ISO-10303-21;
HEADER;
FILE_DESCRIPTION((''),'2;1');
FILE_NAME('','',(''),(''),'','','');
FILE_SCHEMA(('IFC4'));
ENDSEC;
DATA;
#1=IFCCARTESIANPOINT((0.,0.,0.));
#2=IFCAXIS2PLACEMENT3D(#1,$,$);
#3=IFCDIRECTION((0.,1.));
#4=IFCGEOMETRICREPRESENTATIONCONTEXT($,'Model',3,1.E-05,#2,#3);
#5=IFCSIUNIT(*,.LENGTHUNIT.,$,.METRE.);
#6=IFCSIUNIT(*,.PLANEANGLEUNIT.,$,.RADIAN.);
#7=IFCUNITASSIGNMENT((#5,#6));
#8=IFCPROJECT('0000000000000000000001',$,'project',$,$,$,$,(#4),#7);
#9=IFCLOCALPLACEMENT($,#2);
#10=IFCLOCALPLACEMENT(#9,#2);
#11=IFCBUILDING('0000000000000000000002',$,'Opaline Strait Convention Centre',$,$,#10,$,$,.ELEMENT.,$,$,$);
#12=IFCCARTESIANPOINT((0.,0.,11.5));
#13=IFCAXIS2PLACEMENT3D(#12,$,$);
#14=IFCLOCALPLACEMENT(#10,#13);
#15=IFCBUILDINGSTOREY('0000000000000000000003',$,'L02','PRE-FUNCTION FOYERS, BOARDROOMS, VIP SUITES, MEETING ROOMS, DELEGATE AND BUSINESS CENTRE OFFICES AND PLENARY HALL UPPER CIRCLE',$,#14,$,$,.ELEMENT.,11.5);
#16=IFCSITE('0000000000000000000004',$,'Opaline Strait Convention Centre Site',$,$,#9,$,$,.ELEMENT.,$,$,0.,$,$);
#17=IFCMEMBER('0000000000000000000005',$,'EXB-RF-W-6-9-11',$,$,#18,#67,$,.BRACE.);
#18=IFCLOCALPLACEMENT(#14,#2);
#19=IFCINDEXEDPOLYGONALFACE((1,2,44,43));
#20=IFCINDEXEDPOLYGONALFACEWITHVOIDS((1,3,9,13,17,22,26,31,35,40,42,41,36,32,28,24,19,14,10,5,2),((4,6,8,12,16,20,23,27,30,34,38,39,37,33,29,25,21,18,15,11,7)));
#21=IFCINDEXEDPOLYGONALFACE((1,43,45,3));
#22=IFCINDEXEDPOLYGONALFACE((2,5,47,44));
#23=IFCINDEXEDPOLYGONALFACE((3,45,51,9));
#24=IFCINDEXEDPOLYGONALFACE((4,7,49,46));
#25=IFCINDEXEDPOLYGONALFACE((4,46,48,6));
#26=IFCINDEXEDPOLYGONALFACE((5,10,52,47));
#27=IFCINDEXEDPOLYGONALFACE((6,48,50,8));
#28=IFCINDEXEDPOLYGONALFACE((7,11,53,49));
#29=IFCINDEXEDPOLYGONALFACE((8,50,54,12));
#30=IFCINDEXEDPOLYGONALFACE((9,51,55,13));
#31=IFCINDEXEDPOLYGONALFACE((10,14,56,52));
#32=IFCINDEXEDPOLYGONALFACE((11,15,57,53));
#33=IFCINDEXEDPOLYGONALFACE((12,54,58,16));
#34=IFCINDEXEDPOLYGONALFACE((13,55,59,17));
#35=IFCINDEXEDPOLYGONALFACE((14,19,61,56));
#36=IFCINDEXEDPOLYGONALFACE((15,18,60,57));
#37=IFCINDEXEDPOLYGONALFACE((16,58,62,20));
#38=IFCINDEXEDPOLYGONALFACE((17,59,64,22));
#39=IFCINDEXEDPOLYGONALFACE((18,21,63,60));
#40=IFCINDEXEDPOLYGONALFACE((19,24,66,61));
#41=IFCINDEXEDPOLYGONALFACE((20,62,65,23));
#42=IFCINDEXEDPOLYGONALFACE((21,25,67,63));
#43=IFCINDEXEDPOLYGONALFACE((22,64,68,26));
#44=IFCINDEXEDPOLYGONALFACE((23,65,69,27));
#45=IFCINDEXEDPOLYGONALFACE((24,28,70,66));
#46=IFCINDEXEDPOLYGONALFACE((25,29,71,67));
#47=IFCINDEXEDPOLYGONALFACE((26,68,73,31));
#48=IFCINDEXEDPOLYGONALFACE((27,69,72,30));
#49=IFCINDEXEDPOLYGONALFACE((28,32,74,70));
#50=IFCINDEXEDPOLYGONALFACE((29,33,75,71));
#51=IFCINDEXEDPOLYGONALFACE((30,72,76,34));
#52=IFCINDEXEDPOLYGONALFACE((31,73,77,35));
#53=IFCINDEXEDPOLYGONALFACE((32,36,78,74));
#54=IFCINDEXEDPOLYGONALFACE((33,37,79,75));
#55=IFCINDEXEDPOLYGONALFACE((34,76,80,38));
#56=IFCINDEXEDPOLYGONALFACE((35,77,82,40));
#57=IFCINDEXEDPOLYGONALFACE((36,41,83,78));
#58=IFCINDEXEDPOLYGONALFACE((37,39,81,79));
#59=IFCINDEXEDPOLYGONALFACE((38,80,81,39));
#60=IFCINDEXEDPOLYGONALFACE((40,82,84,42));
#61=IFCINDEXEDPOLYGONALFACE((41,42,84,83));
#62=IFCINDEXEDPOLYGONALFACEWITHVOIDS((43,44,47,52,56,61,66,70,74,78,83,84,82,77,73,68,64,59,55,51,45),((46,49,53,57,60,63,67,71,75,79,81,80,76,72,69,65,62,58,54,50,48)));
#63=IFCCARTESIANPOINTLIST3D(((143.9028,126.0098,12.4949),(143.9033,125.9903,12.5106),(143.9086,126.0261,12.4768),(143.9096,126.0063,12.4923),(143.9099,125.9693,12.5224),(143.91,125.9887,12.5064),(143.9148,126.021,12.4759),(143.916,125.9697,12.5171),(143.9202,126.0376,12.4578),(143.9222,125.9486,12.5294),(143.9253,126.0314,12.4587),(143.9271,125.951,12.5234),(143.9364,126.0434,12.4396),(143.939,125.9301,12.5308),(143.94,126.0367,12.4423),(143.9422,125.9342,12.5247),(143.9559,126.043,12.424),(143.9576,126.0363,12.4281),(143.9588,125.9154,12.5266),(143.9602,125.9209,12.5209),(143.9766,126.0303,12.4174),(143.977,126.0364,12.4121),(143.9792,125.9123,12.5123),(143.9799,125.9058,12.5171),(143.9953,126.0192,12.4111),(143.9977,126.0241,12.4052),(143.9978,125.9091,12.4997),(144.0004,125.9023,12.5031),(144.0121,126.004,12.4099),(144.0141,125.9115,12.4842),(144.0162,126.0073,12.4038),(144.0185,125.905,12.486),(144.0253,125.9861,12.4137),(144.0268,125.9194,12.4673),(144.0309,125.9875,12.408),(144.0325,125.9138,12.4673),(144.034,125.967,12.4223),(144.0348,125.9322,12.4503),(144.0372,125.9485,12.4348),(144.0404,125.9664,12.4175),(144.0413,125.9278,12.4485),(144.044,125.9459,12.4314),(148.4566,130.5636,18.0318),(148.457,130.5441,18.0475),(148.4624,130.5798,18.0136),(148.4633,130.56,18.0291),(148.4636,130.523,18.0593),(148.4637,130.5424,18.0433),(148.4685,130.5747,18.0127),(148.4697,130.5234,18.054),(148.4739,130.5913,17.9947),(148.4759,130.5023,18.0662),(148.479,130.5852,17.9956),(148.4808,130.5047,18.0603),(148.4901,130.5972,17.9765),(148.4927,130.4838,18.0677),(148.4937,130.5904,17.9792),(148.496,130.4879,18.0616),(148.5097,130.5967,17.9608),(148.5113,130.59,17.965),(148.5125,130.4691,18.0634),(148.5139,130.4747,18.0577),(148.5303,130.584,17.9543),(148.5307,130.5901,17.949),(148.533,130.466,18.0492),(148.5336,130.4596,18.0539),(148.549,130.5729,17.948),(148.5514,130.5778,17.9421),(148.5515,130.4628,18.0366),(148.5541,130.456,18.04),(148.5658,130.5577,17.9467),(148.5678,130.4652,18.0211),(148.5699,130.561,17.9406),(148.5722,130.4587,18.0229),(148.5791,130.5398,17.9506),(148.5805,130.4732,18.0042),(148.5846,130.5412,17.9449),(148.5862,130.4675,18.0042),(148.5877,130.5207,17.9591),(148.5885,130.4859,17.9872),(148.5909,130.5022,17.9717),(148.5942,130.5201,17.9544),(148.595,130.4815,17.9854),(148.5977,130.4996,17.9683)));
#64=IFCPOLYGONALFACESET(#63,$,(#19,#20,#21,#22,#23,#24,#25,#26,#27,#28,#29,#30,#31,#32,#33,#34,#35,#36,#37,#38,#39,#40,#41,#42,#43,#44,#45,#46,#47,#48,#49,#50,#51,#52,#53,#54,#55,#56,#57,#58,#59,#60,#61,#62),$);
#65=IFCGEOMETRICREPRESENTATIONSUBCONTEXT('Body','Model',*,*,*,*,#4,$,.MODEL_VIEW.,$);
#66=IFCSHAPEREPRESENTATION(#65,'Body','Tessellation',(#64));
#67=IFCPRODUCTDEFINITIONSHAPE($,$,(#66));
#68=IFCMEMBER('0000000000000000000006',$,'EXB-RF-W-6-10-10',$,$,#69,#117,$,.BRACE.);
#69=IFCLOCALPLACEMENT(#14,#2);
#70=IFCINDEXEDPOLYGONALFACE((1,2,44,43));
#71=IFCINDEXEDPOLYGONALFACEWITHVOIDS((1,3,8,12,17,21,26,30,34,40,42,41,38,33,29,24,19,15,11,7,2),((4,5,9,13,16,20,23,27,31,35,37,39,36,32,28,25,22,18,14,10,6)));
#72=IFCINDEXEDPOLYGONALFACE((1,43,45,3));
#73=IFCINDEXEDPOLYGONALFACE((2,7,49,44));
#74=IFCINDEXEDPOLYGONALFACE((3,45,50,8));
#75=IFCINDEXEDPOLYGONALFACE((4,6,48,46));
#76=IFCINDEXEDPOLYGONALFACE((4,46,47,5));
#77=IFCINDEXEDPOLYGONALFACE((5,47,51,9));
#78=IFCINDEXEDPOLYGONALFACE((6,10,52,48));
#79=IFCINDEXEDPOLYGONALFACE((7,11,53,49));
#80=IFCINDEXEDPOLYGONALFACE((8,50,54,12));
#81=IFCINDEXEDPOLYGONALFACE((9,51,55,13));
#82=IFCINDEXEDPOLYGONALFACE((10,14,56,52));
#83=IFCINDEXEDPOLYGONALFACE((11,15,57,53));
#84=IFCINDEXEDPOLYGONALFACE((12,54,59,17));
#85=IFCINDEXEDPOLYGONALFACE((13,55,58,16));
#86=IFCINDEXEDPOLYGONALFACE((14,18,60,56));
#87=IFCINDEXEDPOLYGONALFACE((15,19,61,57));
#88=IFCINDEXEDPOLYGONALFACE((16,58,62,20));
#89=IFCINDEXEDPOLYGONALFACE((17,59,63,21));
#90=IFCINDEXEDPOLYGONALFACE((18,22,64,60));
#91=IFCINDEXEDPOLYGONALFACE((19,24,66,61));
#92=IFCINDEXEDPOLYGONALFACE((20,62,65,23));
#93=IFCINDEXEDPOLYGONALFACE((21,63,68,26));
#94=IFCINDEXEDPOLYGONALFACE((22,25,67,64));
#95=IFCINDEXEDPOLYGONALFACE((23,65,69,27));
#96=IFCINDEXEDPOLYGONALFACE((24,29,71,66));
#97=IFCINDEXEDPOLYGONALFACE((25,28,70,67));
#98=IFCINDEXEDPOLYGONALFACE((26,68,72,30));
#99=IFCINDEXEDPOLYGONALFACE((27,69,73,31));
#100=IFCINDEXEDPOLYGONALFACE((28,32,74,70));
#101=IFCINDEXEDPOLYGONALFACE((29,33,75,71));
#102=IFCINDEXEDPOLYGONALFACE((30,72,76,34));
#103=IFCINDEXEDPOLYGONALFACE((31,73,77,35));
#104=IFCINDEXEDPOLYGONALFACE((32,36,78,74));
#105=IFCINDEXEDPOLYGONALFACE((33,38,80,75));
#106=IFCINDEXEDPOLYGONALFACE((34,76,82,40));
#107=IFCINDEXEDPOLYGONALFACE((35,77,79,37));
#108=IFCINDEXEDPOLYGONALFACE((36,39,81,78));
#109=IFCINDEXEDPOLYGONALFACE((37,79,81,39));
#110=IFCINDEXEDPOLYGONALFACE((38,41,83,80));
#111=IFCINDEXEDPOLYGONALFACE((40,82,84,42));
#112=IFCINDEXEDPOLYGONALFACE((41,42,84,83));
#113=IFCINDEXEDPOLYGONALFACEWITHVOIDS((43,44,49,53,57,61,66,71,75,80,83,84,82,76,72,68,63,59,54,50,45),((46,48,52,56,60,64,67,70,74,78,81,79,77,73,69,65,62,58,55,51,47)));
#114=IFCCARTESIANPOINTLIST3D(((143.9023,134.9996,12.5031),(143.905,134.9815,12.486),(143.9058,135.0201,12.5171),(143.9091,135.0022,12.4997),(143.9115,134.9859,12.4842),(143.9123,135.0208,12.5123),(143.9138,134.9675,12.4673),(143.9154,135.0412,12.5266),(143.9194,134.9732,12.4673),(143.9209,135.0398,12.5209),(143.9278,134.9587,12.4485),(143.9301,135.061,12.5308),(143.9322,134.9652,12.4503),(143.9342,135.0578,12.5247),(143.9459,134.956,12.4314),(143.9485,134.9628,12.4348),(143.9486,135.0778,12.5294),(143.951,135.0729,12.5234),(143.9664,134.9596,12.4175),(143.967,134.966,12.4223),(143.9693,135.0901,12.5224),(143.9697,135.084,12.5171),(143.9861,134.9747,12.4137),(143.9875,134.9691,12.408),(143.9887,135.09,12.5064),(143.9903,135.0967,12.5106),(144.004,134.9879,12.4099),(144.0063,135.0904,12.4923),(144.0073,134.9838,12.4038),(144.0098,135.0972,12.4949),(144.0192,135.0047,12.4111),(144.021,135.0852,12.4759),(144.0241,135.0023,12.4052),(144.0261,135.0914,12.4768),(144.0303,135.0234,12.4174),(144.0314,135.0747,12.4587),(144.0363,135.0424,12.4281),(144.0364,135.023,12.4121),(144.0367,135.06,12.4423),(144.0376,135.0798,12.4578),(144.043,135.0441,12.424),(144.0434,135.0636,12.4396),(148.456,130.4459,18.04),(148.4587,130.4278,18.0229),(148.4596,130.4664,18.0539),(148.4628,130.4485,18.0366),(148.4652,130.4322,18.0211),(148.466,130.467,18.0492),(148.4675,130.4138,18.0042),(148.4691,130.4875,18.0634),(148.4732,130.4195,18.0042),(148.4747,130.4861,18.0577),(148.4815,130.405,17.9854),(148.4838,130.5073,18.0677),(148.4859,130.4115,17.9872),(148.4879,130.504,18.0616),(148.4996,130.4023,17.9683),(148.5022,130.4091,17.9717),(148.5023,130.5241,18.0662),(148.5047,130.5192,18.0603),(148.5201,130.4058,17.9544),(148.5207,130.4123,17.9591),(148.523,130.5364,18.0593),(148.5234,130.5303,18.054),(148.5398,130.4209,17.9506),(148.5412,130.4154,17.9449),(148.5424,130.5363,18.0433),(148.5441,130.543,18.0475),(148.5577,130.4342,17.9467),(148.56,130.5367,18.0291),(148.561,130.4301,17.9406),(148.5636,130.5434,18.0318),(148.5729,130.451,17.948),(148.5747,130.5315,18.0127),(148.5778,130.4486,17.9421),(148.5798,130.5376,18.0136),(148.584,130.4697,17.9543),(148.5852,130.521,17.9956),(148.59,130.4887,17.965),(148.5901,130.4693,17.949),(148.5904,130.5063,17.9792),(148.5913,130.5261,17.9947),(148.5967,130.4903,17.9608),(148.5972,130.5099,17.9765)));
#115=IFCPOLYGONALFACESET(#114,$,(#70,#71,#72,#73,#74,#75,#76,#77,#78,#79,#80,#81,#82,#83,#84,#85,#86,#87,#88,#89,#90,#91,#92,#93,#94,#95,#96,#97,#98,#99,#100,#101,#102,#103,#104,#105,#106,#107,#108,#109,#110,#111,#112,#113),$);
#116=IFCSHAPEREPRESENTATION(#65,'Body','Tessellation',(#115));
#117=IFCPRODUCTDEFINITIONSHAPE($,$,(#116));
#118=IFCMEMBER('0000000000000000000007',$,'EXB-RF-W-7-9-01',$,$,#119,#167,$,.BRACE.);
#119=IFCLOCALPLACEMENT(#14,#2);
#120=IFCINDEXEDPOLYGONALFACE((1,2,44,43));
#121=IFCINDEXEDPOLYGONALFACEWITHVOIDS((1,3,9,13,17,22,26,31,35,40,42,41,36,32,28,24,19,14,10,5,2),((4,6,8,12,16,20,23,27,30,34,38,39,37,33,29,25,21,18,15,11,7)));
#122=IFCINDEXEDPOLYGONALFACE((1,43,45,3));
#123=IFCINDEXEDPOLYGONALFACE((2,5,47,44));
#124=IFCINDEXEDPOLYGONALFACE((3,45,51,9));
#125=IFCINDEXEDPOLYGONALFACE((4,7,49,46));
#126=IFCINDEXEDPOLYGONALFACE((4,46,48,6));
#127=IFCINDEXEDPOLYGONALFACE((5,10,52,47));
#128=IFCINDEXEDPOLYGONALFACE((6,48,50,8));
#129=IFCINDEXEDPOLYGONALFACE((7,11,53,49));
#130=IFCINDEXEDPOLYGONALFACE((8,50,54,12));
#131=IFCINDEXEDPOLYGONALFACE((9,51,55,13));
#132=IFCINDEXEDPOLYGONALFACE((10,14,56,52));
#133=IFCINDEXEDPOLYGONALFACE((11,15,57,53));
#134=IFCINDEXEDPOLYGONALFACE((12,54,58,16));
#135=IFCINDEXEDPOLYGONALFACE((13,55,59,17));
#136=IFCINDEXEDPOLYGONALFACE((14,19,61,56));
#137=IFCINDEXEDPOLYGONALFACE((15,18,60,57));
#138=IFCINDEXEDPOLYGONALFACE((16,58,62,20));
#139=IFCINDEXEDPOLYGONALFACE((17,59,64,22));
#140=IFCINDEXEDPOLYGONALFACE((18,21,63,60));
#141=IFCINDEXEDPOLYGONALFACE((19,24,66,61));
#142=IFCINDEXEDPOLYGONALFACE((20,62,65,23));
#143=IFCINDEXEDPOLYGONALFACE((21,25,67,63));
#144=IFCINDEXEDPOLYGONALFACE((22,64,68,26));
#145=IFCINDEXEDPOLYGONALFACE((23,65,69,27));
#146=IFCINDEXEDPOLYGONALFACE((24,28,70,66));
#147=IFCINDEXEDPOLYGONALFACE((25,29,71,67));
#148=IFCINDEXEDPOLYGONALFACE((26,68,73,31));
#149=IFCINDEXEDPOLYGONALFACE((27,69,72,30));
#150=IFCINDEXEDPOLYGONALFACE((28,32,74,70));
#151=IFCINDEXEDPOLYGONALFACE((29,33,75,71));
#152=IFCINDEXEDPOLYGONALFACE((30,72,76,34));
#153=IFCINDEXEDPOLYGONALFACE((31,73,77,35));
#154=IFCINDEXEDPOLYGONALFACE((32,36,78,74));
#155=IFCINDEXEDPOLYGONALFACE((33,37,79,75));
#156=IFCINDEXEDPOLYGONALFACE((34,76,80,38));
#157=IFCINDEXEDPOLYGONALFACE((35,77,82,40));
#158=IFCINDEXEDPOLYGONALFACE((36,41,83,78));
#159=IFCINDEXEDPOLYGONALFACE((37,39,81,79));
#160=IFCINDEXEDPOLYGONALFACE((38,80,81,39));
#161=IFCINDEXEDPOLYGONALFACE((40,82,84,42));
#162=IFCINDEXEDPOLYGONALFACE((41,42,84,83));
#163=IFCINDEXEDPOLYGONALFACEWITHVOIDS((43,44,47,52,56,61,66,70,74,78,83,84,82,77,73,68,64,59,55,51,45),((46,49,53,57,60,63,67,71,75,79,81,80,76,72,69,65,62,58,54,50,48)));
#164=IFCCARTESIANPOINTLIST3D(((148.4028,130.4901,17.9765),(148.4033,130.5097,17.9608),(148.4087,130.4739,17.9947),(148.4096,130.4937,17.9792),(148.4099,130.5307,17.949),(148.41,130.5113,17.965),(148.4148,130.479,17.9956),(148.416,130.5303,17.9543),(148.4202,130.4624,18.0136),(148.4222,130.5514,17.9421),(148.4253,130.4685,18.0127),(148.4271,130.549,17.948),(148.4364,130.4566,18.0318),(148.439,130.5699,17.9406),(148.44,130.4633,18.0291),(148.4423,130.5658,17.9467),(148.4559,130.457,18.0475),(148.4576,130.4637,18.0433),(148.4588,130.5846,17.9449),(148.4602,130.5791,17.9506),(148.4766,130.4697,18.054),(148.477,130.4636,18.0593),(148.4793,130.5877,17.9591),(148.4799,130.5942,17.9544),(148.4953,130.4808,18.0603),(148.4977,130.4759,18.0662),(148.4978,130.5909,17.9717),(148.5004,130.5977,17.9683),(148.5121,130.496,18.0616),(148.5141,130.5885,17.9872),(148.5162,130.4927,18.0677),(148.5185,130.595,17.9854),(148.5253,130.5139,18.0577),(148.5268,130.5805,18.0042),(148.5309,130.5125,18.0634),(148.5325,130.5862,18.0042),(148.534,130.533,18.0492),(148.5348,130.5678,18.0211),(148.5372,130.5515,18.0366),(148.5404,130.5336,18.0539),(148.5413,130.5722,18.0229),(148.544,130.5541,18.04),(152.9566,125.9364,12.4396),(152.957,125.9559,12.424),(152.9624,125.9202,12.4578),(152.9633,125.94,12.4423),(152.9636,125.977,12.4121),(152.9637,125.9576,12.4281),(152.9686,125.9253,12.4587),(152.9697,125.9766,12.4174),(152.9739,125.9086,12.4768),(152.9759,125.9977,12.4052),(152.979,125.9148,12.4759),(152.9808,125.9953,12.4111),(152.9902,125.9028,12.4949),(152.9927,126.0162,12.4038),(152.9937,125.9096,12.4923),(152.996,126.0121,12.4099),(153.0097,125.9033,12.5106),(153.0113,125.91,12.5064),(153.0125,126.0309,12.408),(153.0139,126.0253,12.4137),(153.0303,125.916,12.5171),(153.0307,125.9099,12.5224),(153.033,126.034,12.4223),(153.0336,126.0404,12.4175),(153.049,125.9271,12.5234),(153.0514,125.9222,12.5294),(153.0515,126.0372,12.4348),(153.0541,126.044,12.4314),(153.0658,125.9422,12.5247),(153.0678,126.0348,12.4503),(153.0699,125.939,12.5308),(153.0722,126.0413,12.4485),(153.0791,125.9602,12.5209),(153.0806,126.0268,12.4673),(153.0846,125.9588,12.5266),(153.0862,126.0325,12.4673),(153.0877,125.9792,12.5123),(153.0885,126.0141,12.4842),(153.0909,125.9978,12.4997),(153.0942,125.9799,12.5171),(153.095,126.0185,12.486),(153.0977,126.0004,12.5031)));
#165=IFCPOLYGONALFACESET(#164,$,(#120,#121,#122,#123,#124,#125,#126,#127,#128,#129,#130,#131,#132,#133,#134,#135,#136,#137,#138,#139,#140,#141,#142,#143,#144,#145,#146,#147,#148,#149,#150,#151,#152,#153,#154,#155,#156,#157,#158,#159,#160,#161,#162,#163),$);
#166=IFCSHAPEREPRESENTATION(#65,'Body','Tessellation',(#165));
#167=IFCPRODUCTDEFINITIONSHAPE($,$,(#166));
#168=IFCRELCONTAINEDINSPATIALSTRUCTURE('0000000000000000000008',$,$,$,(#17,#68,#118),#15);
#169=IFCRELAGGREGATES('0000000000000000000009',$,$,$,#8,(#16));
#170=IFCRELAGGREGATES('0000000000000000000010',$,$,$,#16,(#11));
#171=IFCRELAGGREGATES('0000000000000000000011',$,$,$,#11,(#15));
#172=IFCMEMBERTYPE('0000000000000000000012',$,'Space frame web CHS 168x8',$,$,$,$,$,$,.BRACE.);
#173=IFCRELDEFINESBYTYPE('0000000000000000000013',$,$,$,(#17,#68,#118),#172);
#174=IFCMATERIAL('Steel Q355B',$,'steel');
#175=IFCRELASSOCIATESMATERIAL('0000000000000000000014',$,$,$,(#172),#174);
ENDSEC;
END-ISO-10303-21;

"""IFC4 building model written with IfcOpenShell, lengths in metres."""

from ifc_helpers import new_model, si_unit, direction, frame, origin, origin_2d, place, context, subcontext, project, spatial, hollow_circle, extrude, material, material_profile, profile_set, type_object, element, save


model = new_model("IFC4")

# Units and contexts
model_context = context("Model", 3, precision=1e-05, world=origin(), true_north=direction((0.0, 1.0)))
body_context = subcontext(model_context, "Body", "Model", "MODEL_VIEW")
ifc_project = project(units=[si_unit("LENGTHUNIT", "METRE"), si_unit("PLANEANGLEUNIT", "RADIAN")], contexts=[model_context])

# Site, building, storey
site_placement = place(None, origin())
site = spatial("IfcSite", under=ifc_project, at=site_placement, Name="Opaline Strait Convention Centre Site", CompositionType="ELEMENT", RefElevation=0.0)
building_placement = place(site_placement, origin())
building = spatial("IfcBuilding", under=site, at=building_placement, Name="Opaline Strait Convention Centre", CompositionType="ELEMENT")
storey_placement = place(building_placement, frame((0.0, 0.0, 11.5)))
storey = spatial("IfcBuildingStorey", under=building, at=storey_placement, Name="L02", Description="PRE-FUNCTION FOYERS, BOARDROOMS, VIP SUITES, MEETING ROOMS, DELEGATE AND BUSINESS CENTRE OFFICES AND PLENARY HALL UPPER CIRCLE", CompositionType="ELEMENT", Elevation=11.5)

# Members
ifc_material_1 = material(Name="Steel Q355B", Category="steel")
ifc_material_profile_1 = material_profile(ifc_material_1, hollow_circle(Radius=0.084, WallThickness=0.0081, at=origin_2d()), Name="CHS 168x8")
ifc_profile_set_1 = profile_set([ifc_material_profile_1], Name="Steel Q355B")
member_type_1 = type_object("IfcMemberType", Name="Space frame web CHS 168x8", PredefinedType="BRACE", material=ifc_profile_set_1)
for number, where, z_axis, x_axis, name in (
    (1, (148.5269, 130.5269, 18.0042), (-0.536178, -0.536178, -0.65194), (0.707107, -0.707107, 0.0), "EXB-RF-W-6-9-11"),
    (2, (148.5269, 130.4731, 18.0042), (-0.536178, 0.536178, -0.65194), (-0.707107, -0.707107, 0.0), "EXB-RF-W-6-10-10"),
    (3, (148.4731, 130.5269, 18.0042), (0.536178, -0.536178, -0.65194), (0.707107, 0.707107, 0.0), "EXB-RF-W-7-9-01"),
):
    element("IfcMember", number, at=place(storey_placement, frame(where, z_axis=z_axis, x_axis=x_axis)), inside=storey, type_object=member_type_1, Name=name, PredefinedType="BRACE", context=body_context, shape_type="SweptSolid", body=[
        extrude(hollow_circle(Radius=0.084, WallThickness=0.0081, at=origin_2d()), origin(), (0.0, 0.0, 1.0), 8.4929),
    ])

save(model, "model.ifc")
